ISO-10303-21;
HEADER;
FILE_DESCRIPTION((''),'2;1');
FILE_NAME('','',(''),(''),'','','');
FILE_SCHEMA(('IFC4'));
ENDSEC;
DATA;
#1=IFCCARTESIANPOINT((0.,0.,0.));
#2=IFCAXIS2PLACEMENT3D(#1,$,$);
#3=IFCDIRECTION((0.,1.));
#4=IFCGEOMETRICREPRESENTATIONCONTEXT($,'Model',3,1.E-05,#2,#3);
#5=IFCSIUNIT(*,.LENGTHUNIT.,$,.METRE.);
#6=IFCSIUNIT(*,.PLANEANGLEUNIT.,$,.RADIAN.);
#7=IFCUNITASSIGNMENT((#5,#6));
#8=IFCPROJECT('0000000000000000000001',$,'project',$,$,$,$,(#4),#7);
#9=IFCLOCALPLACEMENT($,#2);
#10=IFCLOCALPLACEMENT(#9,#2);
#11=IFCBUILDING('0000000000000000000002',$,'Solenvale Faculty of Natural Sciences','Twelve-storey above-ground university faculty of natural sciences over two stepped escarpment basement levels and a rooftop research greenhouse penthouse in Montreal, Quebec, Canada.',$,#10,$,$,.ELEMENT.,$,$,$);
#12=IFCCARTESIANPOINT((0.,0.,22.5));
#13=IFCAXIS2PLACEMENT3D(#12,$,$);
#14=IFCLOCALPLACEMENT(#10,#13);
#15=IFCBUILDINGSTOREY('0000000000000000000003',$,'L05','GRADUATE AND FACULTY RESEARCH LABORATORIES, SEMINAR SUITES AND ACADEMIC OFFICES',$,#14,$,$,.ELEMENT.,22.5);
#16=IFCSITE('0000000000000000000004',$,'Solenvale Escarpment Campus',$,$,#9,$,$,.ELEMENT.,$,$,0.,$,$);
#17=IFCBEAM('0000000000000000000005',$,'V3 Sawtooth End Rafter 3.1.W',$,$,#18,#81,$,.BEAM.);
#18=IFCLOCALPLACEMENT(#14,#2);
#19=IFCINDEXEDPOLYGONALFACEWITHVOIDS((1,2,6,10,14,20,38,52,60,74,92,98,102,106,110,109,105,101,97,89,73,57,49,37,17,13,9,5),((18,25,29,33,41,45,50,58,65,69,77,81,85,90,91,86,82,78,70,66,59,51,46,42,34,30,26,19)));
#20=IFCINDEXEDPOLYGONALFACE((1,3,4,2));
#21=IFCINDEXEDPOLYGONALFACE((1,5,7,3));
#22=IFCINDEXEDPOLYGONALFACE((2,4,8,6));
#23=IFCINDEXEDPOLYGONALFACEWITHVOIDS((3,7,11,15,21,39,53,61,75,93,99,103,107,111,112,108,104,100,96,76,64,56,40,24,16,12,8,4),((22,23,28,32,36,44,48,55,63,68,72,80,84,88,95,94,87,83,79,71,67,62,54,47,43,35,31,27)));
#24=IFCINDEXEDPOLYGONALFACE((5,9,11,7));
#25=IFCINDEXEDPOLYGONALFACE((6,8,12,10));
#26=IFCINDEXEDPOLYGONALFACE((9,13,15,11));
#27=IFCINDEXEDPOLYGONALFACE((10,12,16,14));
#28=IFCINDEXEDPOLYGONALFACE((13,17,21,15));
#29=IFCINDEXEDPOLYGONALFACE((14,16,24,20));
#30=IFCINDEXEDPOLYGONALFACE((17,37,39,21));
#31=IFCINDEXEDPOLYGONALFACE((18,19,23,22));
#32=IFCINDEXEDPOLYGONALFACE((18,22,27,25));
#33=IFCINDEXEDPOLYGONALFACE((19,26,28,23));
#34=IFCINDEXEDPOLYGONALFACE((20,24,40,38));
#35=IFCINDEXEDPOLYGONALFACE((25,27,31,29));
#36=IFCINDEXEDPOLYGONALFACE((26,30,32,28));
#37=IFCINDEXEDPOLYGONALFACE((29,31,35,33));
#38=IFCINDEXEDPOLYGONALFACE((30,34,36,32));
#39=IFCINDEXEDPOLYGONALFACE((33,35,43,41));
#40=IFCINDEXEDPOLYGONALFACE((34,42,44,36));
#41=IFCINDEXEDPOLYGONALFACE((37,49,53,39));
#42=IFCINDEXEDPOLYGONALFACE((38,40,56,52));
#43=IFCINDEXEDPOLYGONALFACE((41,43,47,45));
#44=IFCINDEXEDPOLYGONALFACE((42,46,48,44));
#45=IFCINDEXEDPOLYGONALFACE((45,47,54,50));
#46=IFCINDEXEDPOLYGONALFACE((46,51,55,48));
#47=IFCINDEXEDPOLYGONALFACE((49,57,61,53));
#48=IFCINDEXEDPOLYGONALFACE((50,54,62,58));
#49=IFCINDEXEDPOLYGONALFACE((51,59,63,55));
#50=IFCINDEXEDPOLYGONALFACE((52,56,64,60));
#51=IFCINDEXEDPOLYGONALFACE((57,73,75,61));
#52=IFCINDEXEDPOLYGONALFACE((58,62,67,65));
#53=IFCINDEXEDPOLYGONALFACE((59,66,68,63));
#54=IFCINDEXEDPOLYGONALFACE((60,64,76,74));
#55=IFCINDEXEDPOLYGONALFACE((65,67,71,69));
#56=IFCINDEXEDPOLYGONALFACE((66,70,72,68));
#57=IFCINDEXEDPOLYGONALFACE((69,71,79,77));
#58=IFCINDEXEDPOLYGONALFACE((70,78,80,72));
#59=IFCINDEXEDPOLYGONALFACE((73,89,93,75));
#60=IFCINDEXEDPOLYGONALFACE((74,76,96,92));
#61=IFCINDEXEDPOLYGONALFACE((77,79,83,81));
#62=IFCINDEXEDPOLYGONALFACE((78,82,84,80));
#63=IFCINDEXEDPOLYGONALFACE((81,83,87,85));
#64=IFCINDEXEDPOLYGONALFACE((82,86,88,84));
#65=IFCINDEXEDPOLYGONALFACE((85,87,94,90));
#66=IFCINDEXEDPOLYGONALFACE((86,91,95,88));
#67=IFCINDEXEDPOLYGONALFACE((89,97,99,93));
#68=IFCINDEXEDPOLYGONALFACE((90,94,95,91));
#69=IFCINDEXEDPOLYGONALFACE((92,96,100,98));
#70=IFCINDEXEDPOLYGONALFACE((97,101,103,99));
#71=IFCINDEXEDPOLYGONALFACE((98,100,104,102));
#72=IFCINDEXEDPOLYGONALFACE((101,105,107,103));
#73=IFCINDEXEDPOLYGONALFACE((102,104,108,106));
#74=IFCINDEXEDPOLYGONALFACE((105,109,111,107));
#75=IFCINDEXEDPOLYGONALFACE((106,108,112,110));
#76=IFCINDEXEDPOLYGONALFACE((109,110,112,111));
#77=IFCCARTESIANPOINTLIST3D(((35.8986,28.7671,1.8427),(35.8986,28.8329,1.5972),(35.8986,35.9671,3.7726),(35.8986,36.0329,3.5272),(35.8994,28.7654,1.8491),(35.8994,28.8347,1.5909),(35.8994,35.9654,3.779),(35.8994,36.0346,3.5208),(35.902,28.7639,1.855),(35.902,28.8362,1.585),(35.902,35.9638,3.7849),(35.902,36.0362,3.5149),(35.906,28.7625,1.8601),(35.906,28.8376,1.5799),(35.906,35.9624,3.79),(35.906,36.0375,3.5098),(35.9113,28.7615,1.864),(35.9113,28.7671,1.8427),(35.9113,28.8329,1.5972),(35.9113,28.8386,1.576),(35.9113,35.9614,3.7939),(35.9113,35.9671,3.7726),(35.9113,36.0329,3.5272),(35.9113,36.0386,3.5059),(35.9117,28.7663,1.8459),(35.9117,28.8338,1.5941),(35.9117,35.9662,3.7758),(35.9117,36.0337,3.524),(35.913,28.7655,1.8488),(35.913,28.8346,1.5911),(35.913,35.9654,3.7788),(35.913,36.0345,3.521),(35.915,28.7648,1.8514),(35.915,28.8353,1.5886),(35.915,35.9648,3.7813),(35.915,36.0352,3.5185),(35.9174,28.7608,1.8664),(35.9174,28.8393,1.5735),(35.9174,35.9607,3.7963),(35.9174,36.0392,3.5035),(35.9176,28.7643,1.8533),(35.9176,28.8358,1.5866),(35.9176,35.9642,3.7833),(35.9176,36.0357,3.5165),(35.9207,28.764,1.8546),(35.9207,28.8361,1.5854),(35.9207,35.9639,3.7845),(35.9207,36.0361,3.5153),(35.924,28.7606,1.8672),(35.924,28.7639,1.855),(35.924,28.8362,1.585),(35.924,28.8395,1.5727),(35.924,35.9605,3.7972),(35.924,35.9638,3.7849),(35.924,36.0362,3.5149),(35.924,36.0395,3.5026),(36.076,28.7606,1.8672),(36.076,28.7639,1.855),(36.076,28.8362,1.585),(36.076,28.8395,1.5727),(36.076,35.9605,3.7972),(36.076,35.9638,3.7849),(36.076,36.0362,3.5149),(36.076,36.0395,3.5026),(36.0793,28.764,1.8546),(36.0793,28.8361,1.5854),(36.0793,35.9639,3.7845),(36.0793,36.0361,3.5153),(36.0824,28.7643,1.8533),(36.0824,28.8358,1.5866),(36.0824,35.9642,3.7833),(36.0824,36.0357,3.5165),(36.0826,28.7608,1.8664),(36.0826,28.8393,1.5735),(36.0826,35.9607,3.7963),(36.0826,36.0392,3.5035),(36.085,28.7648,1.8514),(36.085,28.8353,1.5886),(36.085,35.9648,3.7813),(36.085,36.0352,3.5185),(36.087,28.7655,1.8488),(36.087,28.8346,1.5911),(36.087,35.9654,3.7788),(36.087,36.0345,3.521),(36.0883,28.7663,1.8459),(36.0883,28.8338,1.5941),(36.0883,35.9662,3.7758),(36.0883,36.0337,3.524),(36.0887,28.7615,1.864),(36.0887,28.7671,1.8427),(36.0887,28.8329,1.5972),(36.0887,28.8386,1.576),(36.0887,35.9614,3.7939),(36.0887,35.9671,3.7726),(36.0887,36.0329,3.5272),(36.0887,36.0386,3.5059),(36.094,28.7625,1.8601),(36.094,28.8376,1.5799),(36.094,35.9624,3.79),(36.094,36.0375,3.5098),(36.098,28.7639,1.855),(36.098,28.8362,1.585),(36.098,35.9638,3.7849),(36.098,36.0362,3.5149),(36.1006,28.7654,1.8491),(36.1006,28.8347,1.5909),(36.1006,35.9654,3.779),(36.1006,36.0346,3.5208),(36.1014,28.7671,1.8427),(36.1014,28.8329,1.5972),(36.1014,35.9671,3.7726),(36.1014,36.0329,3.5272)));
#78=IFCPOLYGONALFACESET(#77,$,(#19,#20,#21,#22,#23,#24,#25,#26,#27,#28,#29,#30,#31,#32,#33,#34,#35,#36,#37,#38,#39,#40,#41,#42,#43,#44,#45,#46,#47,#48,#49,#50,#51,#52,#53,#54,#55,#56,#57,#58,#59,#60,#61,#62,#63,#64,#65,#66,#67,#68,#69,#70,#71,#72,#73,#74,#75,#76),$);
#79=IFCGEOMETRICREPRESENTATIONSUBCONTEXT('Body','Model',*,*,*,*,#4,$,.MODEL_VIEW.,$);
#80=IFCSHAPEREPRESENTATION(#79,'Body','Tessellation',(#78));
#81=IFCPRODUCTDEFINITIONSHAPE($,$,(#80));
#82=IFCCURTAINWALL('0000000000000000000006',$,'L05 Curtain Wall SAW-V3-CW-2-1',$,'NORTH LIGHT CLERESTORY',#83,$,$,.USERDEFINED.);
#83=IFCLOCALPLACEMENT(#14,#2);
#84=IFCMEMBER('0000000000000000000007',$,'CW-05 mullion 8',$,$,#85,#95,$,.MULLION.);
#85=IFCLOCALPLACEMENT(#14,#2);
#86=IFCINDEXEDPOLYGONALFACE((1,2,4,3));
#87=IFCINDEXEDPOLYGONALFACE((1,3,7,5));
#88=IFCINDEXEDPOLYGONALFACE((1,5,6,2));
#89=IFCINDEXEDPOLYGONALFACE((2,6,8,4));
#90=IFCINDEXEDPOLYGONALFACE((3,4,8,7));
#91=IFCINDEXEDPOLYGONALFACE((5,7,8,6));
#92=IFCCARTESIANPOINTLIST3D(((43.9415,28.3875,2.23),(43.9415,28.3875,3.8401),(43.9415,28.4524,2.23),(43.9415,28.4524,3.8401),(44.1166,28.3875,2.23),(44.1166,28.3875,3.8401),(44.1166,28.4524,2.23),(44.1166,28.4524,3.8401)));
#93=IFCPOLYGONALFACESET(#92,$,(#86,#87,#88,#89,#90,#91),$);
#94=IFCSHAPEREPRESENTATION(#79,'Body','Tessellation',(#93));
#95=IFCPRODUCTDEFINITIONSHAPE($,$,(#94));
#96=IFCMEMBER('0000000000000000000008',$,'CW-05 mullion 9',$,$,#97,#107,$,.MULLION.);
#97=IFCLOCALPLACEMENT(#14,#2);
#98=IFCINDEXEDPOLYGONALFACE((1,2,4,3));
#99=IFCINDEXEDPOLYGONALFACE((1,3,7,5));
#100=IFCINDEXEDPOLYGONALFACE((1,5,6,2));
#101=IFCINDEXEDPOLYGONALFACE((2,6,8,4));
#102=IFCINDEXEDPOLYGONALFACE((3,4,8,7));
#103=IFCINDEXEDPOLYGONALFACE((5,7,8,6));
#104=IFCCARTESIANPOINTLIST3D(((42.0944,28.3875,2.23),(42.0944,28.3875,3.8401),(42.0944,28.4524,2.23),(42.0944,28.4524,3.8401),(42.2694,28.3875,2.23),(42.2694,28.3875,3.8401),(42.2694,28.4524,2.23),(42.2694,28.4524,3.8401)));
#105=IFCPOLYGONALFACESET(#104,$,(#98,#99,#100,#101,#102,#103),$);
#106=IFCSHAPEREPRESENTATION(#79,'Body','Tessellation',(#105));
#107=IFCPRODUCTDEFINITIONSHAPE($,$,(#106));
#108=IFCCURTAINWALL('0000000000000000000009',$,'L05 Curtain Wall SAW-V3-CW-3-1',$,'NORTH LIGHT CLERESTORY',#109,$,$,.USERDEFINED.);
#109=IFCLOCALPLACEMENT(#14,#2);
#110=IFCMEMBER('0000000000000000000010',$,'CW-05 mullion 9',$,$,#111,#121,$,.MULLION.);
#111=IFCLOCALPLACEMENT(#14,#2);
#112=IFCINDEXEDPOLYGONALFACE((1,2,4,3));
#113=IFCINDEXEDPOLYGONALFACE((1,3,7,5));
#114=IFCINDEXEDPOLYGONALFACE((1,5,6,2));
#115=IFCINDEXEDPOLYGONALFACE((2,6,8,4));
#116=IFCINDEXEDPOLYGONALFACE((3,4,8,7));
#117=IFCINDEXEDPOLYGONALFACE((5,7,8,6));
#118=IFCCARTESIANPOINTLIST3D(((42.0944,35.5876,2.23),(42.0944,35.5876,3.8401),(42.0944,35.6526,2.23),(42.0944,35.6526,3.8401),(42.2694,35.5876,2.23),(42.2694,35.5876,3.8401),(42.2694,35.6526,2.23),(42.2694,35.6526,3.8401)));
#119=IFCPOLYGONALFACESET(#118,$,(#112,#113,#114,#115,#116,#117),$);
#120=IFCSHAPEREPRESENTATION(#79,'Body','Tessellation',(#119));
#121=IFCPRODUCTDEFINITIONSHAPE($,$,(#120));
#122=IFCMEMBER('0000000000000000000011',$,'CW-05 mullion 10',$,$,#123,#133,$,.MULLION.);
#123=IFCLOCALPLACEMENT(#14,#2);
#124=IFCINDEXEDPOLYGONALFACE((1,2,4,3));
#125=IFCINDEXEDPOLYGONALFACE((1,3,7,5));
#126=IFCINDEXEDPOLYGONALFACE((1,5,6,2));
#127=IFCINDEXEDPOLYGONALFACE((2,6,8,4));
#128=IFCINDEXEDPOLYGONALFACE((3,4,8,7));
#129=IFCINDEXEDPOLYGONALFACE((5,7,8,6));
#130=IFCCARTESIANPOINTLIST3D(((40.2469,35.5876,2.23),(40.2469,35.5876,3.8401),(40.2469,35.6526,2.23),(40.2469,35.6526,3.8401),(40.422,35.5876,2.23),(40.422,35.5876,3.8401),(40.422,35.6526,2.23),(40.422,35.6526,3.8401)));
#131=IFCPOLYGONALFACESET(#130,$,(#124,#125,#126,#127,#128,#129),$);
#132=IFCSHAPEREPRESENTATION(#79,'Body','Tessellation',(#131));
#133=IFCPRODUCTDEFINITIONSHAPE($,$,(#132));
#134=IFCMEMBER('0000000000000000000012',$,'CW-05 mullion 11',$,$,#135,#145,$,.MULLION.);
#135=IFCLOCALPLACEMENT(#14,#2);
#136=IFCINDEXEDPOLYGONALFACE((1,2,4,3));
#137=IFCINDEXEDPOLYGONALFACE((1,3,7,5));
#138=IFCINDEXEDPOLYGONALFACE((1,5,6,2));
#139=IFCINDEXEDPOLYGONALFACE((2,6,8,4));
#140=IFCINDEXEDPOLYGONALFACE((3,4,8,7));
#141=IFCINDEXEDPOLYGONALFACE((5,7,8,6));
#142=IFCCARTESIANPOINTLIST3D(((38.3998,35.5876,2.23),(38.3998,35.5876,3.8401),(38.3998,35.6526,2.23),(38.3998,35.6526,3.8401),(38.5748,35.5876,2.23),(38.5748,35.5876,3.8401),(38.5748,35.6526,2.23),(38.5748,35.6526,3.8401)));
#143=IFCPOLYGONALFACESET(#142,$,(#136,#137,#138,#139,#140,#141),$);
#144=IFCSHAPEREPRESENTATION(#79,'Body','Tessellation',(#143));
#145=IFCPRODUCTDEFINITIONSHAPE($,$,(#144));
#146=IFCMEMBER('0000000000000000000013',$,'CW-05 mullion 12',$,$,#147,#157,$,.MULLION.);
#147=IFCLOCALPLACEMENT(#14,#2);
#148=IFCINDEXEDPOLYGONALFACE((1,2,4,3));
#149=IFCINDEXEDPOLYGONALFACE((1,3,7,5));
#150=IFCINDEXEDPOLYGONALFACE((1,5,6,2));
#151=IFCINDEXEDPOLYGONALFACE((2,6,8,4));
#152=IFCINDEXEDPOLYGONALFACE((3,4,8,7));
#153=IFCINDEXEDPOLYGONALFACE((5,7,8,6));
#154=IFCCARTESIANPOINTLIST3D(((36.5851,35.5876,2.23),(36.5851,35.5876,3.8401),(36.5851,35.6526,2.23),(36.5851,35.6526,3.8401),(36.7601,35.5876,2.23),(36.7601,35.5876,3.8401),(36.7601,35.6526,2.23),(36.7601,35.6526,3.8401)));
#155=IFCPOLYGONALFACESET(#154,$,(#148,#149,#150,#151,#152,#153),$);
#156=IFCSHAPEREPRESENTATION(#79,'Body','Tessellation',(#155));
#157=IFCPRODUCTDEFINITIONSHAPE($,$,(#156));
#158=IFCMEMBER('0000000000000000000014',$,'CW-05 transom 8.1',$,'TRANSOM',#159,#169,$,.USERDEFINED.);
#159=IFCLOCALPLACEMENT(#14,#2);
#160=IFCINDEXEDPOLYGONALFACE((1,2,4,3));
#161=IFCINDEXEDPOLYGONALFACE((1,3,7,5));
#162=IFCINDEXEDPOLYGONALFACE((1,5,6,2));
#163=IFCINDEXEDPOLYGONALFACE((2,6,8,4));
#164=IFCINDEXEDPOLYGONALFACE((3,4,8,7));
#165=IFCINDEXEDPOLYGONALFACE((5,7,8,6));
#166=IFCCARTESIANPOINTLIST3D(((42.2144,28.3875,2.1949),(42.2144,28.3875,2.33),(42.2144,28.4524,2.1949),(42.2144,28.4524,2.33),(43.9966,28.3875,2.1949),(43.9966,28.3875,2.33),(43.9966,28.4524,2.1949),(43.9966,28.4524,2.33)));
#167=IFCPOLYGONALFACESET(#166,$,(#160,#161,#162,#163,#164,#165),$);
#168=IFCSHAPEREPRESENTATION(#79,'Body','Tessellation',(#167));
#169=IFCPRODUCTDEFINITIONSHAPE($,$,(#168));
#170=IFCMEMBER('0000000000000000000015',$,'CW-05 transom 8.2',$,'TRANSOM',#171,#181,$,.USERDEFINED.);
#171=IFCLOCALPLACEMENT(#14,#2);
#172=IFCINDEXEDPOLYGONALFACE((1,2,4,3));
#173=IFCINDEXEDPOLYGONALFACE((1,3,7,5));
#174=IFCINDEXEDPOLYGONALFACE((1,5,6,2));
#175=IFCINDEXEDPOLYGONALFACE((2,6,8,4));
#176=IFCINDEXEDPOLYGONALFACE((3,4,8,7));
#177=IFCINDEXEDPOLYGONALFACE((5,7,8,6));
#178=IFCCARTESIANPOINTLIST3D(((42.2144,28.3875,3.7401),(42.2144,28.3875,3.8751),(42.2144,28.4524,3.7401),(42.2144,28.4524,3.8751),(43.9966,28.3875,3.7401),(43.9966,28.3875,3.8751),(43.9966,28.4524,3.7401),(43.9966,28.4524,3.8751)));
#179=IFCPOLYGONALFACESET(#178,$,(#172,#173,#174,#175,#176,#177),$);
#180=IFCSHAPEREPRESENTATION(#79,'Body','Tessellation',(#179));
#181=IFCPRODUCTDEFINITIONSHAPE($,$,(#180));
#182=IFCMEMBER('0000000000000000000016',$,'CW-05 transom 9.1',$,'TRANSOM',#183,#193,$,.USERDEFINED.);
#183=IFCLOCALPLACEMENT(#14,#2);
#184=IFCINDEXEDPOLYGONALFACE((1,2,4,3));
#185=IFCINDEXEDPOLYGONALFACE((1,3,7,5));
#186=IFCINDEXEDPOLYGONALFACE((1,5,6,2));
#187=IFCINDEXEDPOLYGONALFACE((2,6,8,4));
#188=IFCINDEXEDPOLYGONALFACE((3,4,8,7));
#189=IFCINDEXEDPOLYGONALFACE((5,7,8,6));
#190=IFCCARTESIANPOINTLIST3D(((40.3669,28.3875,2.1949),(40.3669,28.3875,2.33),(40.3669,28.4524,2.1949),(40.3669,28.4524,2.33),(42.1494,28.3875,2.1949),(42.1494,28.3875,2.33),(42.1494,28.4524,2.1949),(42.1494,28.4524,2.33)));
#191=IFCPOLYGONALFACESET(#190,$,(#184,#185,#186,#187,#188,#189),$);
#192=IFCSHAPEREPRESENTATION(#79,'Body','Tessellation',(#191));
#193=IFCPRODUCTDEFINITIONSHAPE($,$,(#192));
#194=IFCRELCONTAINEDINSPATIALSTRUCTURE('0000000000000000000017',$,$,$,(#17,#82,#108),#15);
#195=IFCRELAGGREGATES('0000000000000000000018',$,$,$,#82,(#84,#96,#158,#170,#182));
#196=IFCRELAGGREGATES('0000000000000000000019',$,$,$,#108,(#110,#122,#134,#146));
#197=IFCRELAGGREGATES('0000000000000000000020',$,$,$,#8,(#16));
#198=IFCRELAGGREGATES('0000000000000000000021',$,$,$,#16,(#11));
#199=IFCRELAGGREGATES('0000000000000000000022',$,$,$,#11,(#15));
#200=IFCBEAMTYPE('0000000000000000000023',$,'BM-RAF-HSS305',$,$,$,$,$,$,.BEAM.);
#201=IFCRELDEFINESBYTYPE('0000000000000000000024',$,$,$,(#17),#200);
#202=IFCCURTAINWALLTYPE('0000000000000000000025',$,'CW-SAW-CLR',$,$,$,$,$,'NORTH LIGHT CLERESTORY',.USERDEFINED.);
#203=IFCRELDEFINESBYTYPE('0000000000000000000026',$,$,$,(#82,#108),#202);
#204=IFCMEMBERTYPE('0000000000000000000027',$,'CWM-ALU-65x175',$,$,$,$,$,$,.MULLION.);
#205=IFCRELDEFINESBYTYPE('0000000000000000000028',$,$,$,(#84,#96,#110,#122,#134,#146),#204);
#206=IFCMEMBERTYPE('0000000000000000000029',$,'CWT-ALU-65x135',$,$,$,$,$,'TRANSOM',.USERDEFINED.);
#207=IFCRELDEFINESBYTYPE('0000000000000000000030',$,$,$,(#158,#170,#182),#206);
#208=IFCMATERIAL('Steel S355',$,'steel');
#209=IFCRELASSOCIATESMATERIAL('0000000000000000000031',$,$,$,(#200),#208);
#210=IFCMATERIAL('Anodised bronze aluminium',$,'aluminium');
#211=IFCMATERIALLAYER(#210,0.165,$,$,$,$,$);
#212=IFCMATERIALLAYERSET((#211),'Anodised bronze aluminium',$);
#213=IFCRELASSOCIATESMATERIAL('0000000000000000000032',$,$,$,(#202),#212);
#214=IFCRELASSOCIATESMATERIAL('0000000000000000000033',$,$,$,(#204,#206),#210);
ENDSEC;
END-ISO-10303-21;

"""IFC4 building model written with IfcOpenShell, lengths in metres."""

from ifc_helpers import new_model, si_unit, direction, frame, origin, origin_2d, place, context, subcontext, project, spatial, rectangle, hollow_rectangle, extrude, material, layer, layer_set, material_profile, profile_set, type_object, element, aggregate, save


model = new_model("IFC4")

# Units and contexts
model_context = context("Model", 3, precision=1e-05, world=origin(), true_north=direction((0.0, 1.0)))
body_context = subcontext(model_context, "Body", "Model", "MODEL_VIEW")
ifc_project = project(units=[si_unit("LENGTHUNIT", "METRE"), si_unit("PLANEANGLEUNIT", "RADIAN")], contexts=[model_context])

# Site, building, storey
site_placement = place(None, origin())
site = spatial("IfcSite", under=ifc_project, at=site_placement, Name="Solenvale Escarpment Campus", CompositionType="ELEMENT", RefElevation=0.0)
building_placement = place(site_placement, origin())
building = spatial("IfcBuilding", under=site, at=building_placement, Name="Solenvale Faculty of Natural Sciences", Description="Twelve-storey above-ground university faculty of natural sciences over two stepped escarpment basement levels and a rooftop research greenhouse penthouse in Montreal, Quebec, Canada.", CompositionType="ELEMENT")
storey_placement = place(building_placement, frame((0.0, 0.0, 22.5)))
storey = spatial("IfcBuildingStorey", under=building, at=storey_placement, Name="L05", Description="GRADUATE AND FACULTY RESEARCH LABORATORIES, SEMINAR SUITES AND ACADEMIC OFFICES", CompositionType="ELEMENT", Elevation=22.5)

# Beam
ifc_material_1 = material(Name="Steel S355", Category="steel")
ifc_material_profile_1 = material_profile(ifc_material_1, hollow_rectangle(XDim=0.2029, YDim=0.3049, WallThickness=0.0127, InnerFilletRadius=0.0127, OuterFilletRadius=0.0254, at=origin_2d()), Name="HSS305x203x13")
ifc_profile_set_1 = profile_set([ifc_material_profile_1], Name="Steel S355")
beam_type_1 = type_object("IfcBeamType", Name="BM-RAF-HSS305", PredefinedType="BEAM", material=ifc_profile_set_1)
beam_placement = place(storey_placement, frame((36.0, 28.8, 1.72), z_axis=(0.0, 0.965902, 0.258908), x_axis=(-1.0, 0.0, 0.0)))
element("IfcBeam", 1, at=beam_placement, inside=storey, type_object=beam_type_1, Name="V3 Sawtooth End Rafter 3.1.W", PredefinedType="BEAM", context=body_context, shape_type="SweptSolid", body=[
    extrude(hollow_rectangle(XDim=0.2029, YDim=0.3049, WallThickness=0.0127, InnerFilletRadius=0.0127, OuterFilletRadius=0.0254, at=origin_2d()), origin(), (0.0, 0.0, 1.0), 7.4541),
])

# Curtain walls, members
ifc_material_2 = material(Name="Anodised bronze aluminium", Category="aluminium")
ifc_layer_1 = layer(ifc_material_2, 0.165)
ifc_layer_set_1 = layer_set([ifc_layer_1], Name="Anodised bronze aluminium")
curtain_wall_type = type_object("IfcCurtainWallType", Name="CW-SAW-CLR", ElementType="NORTH LIGHT CLERESTORY", PredefinedType="USERDEFINED", material=ifc_layer_set_1)
curtain_wall_1_placement = place(storey_placement, origin())
curtain_wall_1 = element("IfcCurtainWall", 2, at=curtain_wall_1_placement, inside=storey, type_object=curtain_wall_type, Name="L05 Curtain Wall SAW-V3-CW-2-1", ObjectType="NORTH LIGHT CLERESTORY", PredefinedType="USERDEFINED")
ifc_material_profile_2 = material_profile(ifc_material_2, rectangle(XDim=0.0649, YDim=0.175, at=origin_2d()), Name="ALU-MUL-65x175")
ifc_profile_set_2 = profile_set([ifc_material_profile_2], Name="Anodised bronze aluminium")
member_type_1 = type_object("IfcMemberType", Name="CWM-ALU-65x175", PredefinedType="MULLION", material=ifc_profile_set_2)
member_1_placement = place(storey_placement, frame((44.0291, 28.4199, 2.23), z_axis=(0.0, 0.0, 1.0), x_axis=(0.0, -1.0, 0.0)))
member_1 = element("IfcMember", 3, at=member_1_placement, type_object=member_type_1, Name="CW-05 mullion 8", PredefinedType="MULLION", context=body_context, shape_type="SweptSolid", body=[
    extrude(rectangle(XDim=0.0649, YDim=0.175, at=origin_2d()), origin(), (0.0, 0.0, 1.0), 1.6101),
])
member_2_placement = place(storey_placement, frame((42.1819, 28.4199, 2.23), z_axis=(0.0, 0.0, 1.0), x_axis=(0.0, -1.0, 0.0)))
member_2 = element("IfcMember", 4, at=member_2_placement, type_object=member_type_1, Name="CW-05 mullion 9", PredefinedType="MULLION", context=body_context, shape_type="SweptSolid", body=[
    extrude(rectangle(XDim=0.0649, YDim=0.175, at=origin_2d()), origin(), (0.0, 0.0, 1.0), 1.6101),
])
curtain_wall_2_placement = place(storey_placement, origin())
curtain_wall_2 = element("IfcCurtainWall", 5, at=curtain_wall_2_placement, inside=storey, type_object=curtain_wall_type, Name="L05 Curtain Wall SAW-V3-CW-3-1", ObjectType="NORTH LIGHT CLERESTORY", PredefinedType="USERDEFINED")
member_3_placement = place(storey_placement, frame((42.1819, 35.6201, 2.23), z_axis=(0.0, 0.0, 1.0), x_axis=(0.0, -1.0, 0.0)))
member_3 = element("IfcMember", 6, at=member_3_placement, type_object=member_type_1, Name="CW-05 mullion 9", PredefinedType="MULLION", context=body_context, shape_type="SweptSolid", body=[
    extrude(rectangle(XDim=0.0649, YDim=0.175, at=origin_2d()), origin(), (0.0, 0.0, 1.0), 1.6101),
])
member_4_placement = place(storey_placement, frame((40.3345, 35.6201, 2.23), z_axis=(0.0, 0.0, 1.0), x_axis=(0.0, -1.0, 0.0)))
member_4 = element("IfcMember", 7, at=member_4_placement, type_object=member_type_1, Name="CW-05 mullion 10", PredefinedType="MULLION", context=body_context, shape_type="SweptSolid", body=[
    extrude(rectangle(XDim=0.0649, YDim=0.175, at=origin_2d()), origin(), (0.0, 0.0, 1.0), 1.6101),
])
member_5_placement = place(storey_placement, frame((38.4873, 35.6201, 2.23), z_axis=(0.0, 0.0, 1.0), x_axis=(0.0, -1.0, 0.0)))
member_5 = element("IfcMember", 8, at=member_5_placement, type_object=member_type_1, Name="CW-05 mullion 11", PredefinedType="MULLION", context=body_context, shape_type="SweptSolid", body=[
    extrude(rectangle(XDim=0.0649, YDim=0.175, at=origin_2d()), origin(), (0.0, 0.0, 1.0), 1.6101),
])
member_6_placement = place(storey_placement, frame((36.6726, 35.6201, 2.23), z_axis=(0.0, 0.0, 1.0), x_axis=(0.0, -1.0, 0.0)))
member_6 = element("IfcMember", 9, at=member_6_placement, type_object=member_type_1, Name="CW-05 mullion 12", PredefinedType="MULLION", context=body_context, shape_type="SweptSolid", body=[
    extrude(rectangle(XDim=0.0649, YDim=0.175, at=origin_2d()), origin(), (0.0, 0.0, 1.0), 1.6101),
])

# Members
ifc_material_profile_3 = material_profile(ifc_material_2, rectangle(XDim=0.0649, YDim=0.135, at=origin_2d()), Name="ALU-TRN-65x135")
ifc_profile_set_3 = profile_set([ifc_material_profile_3], Name="Anodised bronze aluminium")
member_type_2 = type_object("IfcMemberType", Name="CWT-ALU-65x135", ElementType="TRANSOM", PredefinedType="USERDEFINED", material=ifc_profile_set_3)
member_7_placement = place(storey_placement, frame((43.9966, 28.4199, 2.2625), z_axis=(-1.0, 0.0, 0.0), x_axis=(0.0, -1.0, 0.0)))
member_7 = element("IfcMember", 10, at=member_7_placement, type_object=member_type_2, Name="CW-05 transom 8.1", ObjectType="TRANSOM", PredefinedType="USERDEFINED", context=body_context, shape_type="SweptSolid", body=[
    extrude(rectangle(XDim=0.0649, YDim=0.135, at=origin_2d()), origin(), (0.0, 0.0, 1.0), 1.7822),
])
member_8_placement = place(storey_placement, frame((43.9966, 28.4199, 3.8076), z_axis=(-1.0, 0.0, 0.0), x_axis=(0.0, -1.0, 0.0)))
member_8 = element("IfcMember", 11, at=member_8_placement, type_object=member_type_2, Name="CW-05 transom 8.2", ObjectType="TRANSOM", PredefinedType="USERDEFINED", context=body_context, shape_type="SweptSolid", body=[
    extrude(rectangle(XDim=0.0649, YDim=0.135, at=origin_2d()), origin(), (0.0, 0.0, 1.0), 1.7822),
])
member_9_placement = place(storey_placement, frame((42.1494, 28.4199, 2.2625), z_axis=(-1.0, 0.0, 0.0), x_axis=(0.0, -1.0, 0.0)))
member_9 = element("IfcMember", 12, at=member_9_placement, type_object=member_type_2, Name="CW-05 transom 9.1", ObjectType="TRANSOM", PredefinedType="USERDEFINED", context=body_context, shape_type="SweptSolid", body=[
    extrude(rectangle(XDim=0.0649, YDim=0.135, at=origin_2d()), origin(), (0.0, 0.0, 1.0), 1.7825),
])

aggregate(curtain_wall_1, [member_1, member_2, member_7, member_8, member_9])
aggregate(curtain_wall_2, [member_3, member_4, member_5, member_6])

save(model, "model.ifc")
